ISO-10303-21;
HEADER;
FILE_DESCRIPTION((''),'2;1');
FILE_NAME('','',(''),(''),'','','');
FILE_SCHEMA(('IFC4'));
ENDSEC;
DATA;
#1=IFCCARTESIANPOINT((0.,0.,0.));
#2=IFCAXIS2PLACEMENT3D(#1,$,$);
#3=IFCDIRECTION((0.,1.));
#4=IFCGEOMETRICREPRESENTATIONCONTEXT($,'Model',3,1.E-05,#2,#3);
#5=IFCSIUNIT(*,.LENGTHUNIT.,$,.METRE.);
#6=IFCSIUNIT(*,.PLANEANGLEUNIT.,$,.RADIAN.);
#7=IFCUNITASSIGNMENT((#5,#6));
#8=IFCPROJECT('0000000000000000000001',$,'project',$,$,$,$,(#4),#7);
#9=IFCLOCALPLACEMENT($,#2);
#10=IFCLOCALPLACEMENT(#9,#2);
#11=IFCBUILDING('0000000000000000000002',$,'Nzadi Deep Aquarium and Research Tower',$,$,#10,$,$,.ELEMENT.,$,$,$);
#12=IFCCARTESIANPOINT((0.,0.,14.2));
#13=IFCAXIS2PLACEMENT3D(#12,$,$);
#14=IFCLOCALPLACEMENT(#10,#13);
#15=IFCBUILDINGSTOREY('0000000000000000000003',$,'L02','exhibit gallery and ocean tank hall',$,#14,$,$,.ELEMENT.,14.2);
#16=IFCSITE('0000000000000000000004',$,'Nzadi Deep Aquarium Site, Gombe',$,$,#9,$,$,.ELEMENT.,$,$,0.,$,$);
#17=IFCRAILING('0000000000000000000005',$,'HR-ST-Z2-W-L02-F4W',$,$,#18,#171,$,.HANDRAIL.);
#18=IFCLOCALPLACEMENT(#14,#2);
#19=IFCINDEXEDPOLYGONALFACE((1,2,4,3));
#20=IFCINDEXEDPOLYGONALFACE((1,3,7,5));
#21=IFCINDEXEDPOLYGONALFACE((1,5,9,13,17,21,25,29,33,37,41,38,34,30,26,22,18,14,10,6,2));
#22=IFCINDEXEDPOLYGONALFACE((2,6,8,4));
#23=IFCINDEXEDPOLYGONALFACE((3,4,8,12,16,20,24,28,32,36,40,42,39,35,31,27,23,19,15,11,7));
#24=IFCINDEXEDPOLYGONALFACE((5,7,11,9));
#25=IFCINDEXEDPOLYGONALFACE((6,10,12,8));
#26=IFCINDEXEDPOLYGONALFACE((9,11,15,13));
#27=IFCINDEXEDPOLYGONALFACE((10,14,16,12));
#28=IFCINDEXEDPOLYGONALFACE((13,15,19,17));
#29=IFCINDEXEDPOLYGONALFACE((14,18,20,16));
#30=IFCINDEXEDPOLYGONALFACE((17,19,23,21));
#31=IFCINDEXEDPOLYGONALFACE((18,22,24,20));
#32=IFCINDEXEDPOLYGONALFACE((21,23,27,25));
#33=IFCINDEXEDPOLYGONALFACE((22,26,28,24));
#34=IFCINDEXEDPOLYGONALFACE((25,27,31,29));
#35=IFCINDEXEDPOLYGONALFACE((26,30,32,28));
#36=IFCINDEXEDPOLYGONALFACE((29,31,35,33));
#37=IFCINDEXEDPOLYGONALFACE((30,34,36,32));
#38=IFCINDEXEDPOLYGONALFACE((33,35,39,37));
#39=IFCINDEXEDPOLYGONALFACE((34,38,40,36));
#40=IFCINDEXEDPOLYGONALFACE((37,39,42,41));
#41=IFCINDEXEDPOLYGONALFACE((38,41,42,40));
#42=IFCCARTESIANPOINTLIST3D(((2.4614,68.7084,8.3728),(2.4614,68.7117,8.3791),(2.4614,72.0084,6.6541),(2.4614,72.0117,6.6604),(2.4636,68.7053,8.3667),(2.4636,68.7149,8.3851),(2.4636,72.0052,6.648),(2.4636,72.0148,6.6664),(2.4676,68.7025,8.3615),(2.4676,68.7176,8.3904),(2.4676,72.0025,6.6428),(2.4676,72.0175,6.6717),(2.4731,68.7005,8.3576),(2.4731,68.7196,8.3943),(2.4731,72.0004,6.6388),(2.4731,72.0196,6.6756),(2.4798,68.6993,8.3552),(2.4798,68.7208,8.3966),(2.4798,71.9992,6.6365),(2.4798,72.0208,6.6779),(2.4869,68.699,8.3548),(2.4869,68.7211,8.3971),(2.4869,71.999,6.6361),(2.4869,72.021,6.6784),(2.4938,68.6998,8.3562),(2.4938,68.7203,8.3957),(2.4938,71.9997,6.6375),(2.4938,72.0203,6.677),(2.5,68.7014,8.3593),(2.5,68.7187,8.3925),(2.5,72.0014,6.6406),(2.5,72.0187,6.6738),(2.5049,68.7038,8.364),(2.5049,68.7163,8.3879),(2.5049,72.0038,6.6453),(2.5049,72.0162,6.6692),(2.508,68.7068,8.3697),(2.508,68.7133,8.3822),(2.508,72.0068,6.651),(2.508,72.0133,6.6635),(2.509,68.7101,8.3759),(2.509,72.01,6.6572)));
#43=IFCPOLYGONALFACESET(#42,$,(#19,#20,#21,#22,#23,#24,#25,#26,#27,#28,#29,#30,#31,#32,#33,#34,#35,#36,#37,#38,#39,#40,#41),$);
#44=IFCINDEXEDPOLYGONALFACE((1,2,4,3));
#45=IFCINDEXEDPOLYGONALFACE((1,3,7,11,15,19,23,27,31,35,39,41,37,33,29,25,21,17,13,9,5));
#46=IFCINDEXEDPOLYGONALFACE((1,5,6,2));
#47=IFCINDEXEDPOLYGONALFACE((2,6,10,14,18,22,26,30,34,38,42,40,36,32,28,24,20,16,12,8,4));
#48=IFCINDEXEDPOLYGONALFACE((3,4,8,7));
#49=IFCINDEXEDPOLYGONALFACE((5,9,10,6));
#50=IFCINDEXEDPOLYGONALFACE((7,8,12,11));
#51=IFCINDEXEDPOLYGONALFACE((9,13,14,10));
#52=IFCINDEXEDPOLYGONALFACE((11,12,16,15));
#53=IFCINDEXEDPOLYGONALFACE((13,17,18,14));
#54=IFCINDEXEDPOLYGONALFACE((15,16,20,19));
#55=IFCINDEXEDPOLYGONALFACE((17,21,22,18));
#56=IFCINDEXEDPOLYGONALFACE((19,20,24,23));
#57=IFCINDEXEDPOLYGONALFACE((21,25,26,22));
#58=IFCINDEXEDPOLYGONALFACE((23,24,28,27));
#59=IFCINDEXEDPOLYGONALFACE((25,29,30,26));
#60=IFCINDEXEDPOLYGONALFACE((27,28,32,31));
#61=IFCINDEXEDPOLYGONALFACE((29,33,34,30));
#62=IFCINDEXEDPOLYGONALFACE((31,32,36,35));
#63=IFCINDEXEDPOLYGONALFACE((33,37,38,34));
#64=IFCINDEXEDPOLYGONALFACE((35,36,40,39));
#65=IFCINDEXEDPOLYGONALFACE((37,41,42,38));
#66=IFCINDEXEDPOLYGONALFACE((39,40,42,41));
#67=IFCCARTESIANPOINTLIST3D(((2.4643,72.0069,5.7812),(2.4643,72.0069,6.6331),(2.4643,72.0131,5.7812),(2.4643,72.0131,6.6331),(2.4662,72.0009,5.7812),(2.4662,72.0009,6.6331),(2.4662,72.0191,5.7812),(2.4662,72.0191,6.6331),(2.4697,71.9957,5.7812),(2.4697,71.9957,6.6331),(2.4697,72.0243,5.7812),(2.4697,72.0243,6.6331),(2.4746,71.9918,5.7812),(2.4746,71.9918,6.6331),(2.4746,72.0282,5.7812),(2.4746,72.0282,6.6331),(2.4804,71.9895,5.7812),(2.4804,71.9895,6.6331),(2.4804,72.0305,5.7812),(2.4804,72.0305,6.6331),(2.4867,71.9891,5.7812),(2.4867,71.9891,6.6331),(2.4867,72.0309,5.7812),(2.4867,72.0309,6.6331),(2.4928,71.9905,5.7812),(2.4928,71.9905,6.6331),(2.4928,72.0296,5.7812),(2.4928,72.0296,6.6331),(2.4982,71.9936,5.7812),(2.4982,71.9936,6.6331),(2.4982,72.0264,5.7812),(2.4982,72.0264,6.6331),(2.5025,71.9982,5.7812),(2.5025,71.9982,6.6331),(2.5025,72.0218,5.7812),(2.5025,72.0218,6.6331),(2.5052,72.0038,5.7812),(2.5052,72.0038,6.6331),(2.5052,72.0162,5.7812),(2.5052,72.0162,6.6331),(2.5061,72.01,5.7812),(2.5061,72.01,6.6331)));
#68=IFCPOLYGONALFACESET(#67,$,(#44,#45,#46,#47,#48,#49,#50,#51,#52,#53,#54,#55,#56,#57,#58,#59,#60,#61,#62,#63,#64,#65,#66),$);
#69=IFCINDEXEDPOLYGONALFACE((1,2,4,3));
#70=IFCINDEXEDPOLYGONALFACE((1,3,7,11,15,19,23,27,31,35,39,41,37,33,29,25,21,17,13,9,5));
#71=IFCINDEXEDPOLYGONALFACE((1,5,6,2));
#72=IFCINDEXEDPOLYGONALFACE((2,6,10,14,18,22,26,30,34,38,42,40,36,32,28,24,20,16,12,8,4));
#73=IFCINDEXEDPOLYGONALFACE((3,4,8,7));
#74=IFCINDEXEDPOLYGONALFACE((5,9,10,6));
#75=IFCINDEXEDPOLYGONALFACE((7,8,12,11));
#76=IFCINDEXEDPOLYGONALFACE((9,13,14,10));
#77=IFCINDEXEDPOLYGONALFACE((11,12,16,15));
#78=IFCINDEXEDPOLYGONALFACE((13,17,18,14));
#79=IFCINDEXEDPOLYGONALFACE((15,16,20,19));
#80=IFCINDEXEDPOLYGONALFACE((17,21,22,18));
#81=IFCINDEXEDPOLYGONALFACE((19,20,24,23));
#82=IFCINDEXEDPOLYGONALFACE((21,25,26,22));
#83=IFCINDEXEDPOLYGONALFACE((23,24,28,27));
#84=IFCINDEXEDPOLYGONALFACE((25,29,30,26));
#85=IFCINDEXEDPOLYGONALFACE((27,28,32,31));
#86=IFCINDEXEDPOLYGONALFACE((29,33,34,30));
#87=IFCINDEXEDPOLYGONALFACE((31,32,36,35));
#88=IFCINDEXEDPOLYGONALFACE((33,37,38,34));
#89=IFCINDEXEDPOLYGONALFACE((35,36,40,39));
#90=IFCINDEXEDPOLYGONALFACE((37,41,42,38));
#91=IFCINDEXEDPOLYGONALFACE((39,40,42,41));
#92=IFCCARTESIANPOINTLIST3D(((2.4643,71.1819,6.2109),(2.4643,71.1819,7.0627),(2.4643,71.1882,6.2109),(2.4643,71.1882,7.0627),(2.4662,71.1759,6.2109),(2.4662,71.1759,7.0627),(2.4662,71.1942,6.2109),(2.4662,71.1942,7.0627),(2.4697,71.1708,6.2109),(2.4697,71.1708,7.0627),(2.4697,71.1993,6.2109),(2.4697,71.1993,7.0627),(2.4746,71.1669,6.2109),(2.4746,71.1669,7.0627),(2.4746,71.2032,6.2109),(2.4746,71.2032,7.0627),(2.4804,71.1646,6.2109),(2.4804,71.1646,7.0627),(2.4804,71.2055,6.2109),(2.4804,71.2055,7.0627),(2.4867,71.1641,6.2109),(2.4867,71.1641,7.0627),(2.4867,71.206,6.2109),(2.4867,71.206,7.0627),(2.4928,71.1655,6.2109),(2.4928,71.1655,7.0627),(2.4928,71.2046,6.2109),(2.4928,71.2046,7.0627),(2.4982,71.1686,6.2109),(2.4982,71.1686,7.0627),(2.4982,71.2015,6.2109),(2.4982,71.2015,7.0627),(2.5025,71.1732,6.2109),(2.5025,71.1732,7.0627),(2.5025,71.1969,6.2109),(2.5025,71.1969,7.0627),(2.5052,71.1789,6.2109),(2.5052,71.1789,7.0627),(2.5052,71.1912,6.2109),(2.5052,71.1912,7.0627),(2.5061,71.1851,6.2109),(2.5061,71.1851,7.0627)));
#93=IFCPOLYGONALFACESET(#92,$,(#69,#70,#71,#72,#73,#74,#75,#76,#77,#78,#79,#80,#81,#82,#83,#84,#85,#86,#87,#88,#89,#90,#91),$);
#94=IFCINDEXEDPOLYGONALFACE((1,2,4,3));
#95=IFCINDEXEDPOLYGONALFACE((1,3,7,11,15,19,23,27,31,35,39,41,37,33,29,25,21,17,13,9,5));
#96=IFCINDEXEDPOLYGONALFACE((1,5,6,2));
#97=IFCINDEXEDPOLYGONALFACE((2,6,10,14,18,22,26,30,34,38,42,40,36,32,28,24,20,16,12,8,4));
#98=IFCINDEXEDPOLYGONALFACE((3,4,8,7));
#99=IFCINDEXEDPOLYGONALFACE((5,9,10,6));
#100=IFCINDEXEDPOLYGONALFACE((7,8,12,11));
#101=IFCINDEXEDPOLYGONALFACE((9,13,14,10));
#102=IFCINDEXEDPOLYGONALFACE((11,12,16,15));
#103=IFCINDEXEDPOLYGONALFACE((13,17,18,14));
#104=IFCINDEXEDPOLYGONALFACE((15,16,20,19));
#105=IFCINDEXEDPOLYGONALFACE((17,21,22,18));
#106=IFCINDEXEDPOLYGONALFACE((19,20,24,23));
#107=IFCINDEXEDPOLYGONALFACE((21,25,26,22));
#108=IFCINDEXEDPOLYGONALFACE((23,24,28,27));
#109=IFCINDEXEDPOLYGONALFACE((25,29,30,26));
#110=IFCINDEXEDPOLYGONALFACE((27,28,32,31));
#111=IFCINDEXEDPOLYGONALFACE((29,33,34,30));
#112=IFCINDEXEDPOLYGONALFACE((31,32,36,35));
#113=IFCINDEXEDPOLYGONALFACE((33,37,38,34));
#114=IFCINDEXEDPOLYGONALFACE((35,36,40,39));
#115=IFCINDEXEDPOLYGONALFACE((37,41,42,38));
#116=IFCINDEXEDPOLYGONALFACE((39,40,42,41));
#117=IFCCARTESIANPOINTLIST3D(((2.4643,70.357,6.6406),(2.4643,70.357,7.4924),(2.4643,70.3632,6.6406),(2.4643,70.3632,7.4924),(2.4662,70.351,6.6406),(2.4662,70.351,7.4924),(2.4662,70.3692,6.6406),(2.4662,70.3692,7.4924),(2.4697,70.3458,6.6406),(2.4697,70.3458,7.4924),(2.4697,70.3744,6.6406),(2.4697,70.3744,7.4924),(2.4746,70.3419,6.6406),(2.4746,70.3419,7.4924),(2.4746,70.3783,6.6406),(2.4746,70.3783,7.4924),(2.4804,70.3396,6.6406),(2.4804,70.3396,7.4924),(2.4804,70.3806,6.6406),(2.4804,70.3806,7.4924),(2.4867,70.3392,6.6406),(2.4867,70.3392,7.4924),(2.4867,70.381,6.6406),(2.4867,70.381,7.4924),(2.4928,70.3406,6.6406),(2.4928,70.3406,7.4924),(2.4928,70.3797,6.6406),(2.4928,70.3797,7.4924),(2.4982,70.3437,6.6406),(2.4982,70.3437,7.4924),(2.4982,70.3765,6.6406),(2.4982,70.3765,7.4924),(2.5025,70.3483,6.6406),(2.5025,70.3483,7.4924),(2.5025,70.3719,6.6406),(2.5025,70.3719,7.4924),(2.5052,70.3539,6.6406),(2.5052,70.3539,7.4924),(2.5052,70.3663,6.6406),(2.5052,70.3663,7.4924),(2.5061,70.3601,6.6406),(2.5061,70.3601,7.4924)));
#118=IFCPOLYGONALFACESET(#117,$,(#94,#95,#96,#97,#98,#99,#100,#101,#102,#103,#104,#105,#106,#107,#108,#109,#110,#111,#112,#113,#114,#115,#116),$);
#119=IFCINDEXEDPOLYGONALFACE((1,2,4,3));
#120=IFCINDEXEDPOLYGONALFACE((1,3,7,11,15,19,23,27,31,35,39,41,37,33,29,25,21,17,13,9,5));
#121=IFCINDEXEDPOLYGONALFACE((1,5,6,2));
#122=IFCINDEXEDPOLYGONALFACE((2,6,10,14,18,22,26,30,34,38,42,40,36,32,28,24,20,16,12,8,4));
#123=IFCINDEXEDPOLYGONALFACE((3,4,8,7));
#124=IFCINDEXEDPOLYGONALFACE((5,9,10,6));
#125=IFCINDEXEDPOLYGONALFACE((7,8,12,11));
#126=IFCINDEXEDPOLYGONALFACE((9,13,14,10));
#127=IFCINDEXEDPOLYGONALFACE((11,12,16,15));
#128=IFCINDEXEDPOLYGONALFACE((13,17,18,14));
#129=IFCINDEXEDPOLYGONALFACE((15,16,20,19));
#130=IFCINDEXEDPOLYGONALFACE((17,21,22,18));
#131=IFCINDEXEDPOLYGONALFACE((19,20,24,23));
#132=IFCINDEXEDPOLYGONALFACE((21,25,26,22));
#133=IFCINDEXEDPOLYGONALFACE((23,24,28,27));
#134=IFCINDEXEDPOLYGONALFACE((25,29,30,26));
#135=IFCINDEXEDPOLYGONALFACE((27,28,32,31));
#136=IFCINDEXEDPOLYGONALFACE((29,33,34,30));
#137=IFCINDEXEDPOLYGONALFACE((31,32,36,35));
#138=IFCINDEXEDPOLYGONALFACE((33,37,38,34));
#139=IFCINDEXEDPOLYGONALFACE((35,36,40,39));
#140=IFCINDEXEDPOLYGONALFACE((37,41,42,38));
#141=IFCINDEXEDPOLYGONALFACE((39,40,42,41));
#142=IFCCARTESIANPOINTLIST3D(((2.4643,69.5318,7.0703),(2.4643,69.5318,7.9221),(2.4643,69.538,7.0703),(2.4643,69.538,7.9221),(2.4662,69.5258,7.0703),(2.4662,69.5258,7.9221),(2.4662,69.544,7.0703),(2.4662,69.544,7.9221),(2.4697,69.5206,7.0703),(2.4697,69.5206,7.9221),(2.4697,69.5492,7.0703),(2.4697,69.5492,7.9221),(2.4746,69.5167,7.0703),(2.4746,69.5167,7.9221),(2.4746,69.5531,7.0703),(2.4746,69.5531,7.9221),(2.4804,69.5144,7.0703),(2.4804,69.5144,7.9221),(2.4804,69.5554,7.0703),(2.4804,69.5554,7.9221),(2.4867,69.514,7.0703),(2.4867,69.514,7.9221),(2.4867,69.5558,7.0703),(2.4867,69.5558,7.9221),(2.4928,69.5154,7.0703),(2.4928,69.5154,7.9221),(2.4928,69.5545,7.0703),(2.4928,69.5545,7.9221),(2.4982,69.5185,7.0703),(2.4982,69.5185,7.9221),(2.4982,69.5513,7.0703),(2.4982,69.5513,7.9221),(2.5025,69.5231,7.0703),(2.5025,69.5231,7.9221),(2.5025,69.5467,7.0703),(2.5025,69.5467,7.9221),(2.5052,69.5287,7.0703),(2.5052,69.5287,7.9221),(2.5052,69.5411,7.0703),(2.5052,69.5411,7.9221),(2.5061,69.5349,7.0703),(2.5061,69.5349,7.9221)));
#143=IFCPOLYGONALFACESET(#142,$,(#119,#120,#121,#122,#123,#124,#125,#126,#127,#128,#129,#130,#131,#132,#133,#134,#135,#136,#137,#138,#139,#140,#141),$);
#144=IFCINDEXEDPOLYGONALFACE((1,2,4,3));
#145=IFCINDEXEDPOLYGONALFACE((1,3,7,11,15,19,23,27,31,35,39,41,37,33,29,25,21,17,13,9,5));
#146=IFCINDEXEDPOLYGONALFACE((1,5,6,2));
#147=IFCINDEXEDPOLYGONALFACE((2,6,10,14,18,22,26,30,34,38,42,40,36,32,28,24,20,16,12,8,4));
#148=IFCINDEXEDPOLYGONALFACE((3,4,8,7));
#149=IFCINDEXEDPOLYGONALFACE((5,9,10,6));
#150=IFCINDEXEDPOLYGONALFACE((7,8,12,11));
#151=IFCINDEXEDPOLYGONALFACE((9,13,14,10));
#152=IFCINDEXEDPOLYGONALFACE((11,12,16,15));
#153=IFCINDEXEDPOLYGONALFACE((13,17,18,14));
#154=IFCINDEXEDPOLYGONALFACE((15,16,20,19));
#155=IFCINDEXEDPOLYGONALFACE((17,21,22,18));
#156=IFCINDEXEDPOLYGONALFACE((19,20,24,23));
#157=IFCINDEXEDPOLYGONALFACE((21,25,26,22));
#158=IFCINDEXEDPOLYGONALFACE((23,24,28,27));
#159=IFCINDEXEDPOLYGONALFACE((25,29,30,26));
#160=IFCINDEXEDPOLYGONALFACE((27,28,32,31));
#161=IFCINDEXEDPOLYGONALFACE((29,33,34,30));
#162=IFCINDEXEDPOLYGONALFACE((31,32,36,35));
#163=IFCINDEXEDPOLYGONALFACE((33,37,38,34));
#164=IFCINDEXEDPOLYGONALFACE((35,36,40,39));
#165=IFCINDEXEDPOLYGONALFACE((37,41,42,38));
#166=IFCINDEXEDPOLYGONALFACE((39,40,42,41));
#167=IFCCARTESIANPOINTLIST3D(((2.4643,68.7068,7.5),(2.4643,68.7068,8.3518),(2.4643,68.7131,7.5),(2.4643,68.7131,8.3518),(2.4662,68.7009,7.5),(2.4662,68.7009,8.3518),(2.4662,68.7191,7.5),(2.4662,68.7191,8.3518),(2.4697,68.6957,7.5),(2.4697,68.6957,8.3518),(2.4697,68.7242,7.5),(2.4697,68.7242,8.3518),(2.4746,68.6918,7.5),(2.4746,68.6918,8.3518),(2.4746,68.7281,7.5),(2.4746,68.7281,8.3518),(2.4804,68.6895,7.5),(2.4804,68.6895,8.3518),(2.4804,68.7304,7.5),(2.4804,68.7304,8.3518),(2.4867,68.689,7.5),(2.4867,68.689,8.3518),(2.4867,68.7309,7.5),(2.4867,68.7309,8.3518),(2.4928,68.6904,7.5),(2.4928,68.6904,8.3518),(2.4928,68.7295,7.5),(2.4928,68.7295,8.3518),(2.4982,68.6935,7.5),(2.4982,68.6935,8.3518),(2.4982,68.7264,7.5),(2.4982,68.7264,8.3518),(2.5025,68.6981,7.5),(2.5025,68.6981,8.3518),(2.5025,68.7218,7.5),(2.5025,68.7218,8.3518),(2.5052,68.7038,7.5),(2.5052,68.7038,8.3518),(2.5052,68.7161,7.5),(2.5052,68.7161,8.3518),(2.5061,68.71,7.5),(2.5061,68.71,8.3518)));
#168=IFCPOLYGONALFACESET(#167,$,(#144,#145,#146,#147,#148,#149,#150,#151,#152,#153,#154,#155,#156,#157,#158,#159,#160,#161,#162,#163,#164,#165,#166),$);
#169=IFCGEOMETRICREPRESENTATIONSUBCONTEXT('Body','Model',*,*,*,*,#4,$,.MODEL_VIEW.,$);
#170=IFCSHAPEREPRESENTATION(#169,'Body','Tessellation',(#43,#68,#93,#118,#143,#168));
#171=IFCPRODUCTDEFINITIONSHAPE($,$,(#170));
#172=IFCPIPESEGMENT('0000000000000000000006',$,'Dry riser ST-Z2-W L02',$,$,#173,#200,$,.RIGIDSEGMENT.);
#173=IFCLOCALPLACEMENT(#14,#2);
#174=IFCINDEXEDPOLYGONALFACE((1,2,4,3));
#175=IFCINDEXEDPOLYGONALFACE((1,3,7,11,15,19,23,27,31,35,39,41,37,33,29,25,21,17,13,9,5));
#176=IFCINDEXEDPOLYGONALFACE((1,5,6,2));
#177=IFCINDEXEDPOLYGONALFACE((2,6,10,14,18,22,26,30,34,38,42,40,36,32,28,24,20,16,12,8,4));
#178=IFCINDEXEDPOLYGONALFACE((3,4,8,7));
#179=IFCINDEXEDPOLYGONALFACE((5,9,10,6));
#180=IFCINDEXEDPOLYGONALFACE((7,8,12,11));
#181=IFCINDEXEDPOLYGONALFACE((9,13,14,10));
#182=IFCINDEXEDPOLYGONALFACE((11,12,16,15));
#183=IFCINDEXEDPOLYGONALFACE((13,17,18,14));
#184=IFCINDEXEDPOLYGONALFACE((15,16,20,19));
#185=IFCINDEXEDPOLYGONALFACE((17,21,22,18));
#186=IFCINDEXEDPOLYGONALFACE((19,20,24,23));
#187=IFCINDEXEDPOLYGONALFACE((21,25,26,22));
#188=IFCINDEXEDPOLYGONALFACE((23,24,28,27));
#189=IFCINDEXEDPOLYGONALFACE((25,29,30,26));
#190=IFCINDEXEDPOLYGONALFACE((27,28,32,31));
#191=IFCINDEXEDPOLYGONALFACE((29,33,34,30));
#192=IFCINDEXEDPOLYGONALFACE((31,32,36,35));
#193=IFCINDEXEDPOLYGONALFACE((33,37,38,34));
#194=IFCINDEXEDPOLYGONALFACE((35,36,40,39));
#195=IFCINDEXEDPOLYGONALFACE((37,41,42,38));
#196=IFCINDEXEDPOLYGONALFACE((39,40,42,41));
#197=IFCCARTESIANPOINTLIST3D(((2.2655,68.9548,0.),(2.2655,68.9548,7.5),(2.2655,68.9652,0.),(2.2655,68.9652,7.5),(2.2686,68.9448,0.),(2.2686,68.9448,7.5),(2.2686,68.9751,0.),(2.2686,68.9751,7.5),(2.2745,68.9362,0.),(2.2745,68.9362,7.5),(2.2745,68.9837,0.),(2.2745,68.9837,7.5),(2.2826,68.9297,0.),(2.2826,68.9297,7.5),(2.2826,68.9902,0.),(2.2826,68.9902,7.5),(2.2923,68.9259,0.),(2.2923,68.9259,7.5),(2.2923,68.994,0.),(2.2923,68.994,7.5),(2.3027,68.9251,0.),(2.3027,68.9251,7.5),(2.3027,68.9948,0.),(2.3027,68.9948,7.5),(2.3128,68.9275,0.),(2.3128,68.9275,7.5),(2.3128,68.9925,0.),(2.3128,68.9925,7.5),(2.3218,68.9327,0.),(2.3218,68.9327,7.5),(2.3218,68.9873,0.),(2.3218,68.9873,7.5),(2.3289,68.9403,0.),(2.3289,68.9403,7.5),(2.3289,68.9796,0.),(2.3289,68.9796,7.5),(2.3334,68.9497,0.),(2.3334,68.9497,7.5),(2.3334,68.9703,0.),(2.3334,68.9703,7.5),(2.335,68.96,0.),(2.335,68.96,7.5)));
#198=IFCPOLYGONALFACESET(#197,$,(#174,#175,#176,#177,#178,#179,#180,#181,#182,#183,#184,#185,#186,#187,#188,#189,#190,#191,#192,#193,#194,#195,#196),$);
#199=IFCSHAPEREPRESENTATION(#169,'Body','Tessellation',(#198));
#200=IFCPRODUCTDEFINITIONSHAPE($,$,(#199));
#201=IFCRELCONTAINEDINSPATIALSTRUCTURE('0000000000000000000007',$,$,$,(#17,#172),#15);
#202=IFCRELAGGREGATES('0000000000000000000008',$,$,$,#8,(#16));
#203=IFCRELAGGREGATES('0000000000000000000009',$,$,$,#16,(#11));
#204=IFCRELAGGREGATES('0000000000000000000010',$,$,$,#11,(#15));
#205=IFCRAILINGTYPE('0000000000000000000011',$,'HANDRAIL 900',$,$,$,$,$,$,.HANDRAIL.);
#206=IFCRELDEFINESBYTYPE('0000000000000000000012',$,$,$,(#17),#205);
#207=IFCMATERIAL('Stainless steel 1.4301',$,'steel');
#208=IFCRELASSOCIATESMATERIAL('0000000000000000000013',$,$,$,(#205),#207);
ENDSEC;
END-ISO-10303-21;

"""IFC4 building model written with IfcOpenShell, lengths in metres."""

from ifc_helpers import new_model, si_unit, direction, frame, origin, origin_2d, place, context, subcontext, project, spatial, circle, extrude, material, type_object, element, save


model = new_model("IFC4")

# Units and contexts
model_context = context("Model", 3, precision=1e-05, world=origin(), true_north=direction((0.0, 1.0)))
body_context = subcontext(model_context, "Body", "Model", "MODEL_VIEW")
ifc_project = project(units=[si_unit("LENGTHUNIT", "METRE"), si_unit("PLANEANGLEUNIT", "RADIAN")], contexts=[model_context])

# Site, building, storey
site_placement = place(None, origin())
site = spatial("IfcSite", under=ifc_project, at=site_placement, Name="Nzadi Deep Aquarium Site, Gombe", CompositionType="ELEMENT", RefElevation=0.0)
building_placement = place(site_placement, origin())
building = spatial("IfcBuilding", under=site, at=building_placement, Name="Nzadi Deep Aquarium and Research Tower", CompositionType="ELEMENT")
storey_placement = place(building_placement, frame((0.0, 0.0, 14.2)))
storey = spatial("IfcBuildingStorey", under=building, at=storey_placement, Name="L02", Description="exhibit gallery and ocean tank hall", CompositionType="ELEMENT", Elevation=14.2)

# Railing
ifc_material_1 = material(Name="Stainless steel 1.4301", Category="steel")
railing_type = type_object("IfcRailingType", Name="HANDRAIL 900", PredefinedType="HANDRAIL", material=ifc_material_1)
for number, where, name in (
    (1, (2.4851, 72.01, 5.7812), "HR-ST-Z2-W-L02-F4W"),
):
    element("IfcRailing", number, at=place(storey_placement, frame(where)), inside=storey, type_object=railing_type, Name=name, PredefinedType="HANDRAIL", context=body_context, shape_type="SweptSolid", body=[
        extrude(circle(Radius=0.0239, at=origin_2d()), frame((0.0, 0.0, 0.876), z_axis=(0.0, -0.886917, 0.461929), x_axis=(1.0, 0.0, 0.0)), (0.0, 0.0, 1.0), 3.7207),
        extrude(circle(Radius=0.021, at=origin_2d()), origin(), (0.0, 0.0, 1.0), 0.8518),
        extrude(circle(Radius=0.021, at=origin_2d()), frame((0.0, -0.825, 0.4297)), (0.0, 0.0, 1.0), 0.8518),
        extrude(circle(Radius=0.021, at=origin_2d()), frame((0.0, -1.6499, 0.8594)), (0.0, 0.0, 1.0), 0.8518),
        extrude(circle(Radius=0.021, at=origin_2d()), frame((0.0, -2.4751, 1.2891)), (0.0, 0.0, 1.0), 0.8518),
        extrude(circle(Radius=0.021, at=origin_2d()), frame((0.0, -3.3, 1.7188)), (0.0, 0.0, 1.0), 0.8518),
    ])

# Pipe segment
pipe_segment_placement = place(storey_placement, frame((2.3, 68.96, 0.0), z_axis=(0.0, 0.0, 1.0), x_axis=(1.0, 0.0, 0.0)))
element("IfcPipeSegment", 2, at=pipe_segment_placement, inside=storey, Name="Dry riser ST-Z2-W L02", PredefinedType="RIGIDSEGMENT", context=body_context, shape_type="SweptSolid", body=[
    extrude(circle(Radius=0.0349, at=origin_2d()), origin(), (0.0, 0.0, 1.0), 7.5),
])

save(model, "model.ifc")
